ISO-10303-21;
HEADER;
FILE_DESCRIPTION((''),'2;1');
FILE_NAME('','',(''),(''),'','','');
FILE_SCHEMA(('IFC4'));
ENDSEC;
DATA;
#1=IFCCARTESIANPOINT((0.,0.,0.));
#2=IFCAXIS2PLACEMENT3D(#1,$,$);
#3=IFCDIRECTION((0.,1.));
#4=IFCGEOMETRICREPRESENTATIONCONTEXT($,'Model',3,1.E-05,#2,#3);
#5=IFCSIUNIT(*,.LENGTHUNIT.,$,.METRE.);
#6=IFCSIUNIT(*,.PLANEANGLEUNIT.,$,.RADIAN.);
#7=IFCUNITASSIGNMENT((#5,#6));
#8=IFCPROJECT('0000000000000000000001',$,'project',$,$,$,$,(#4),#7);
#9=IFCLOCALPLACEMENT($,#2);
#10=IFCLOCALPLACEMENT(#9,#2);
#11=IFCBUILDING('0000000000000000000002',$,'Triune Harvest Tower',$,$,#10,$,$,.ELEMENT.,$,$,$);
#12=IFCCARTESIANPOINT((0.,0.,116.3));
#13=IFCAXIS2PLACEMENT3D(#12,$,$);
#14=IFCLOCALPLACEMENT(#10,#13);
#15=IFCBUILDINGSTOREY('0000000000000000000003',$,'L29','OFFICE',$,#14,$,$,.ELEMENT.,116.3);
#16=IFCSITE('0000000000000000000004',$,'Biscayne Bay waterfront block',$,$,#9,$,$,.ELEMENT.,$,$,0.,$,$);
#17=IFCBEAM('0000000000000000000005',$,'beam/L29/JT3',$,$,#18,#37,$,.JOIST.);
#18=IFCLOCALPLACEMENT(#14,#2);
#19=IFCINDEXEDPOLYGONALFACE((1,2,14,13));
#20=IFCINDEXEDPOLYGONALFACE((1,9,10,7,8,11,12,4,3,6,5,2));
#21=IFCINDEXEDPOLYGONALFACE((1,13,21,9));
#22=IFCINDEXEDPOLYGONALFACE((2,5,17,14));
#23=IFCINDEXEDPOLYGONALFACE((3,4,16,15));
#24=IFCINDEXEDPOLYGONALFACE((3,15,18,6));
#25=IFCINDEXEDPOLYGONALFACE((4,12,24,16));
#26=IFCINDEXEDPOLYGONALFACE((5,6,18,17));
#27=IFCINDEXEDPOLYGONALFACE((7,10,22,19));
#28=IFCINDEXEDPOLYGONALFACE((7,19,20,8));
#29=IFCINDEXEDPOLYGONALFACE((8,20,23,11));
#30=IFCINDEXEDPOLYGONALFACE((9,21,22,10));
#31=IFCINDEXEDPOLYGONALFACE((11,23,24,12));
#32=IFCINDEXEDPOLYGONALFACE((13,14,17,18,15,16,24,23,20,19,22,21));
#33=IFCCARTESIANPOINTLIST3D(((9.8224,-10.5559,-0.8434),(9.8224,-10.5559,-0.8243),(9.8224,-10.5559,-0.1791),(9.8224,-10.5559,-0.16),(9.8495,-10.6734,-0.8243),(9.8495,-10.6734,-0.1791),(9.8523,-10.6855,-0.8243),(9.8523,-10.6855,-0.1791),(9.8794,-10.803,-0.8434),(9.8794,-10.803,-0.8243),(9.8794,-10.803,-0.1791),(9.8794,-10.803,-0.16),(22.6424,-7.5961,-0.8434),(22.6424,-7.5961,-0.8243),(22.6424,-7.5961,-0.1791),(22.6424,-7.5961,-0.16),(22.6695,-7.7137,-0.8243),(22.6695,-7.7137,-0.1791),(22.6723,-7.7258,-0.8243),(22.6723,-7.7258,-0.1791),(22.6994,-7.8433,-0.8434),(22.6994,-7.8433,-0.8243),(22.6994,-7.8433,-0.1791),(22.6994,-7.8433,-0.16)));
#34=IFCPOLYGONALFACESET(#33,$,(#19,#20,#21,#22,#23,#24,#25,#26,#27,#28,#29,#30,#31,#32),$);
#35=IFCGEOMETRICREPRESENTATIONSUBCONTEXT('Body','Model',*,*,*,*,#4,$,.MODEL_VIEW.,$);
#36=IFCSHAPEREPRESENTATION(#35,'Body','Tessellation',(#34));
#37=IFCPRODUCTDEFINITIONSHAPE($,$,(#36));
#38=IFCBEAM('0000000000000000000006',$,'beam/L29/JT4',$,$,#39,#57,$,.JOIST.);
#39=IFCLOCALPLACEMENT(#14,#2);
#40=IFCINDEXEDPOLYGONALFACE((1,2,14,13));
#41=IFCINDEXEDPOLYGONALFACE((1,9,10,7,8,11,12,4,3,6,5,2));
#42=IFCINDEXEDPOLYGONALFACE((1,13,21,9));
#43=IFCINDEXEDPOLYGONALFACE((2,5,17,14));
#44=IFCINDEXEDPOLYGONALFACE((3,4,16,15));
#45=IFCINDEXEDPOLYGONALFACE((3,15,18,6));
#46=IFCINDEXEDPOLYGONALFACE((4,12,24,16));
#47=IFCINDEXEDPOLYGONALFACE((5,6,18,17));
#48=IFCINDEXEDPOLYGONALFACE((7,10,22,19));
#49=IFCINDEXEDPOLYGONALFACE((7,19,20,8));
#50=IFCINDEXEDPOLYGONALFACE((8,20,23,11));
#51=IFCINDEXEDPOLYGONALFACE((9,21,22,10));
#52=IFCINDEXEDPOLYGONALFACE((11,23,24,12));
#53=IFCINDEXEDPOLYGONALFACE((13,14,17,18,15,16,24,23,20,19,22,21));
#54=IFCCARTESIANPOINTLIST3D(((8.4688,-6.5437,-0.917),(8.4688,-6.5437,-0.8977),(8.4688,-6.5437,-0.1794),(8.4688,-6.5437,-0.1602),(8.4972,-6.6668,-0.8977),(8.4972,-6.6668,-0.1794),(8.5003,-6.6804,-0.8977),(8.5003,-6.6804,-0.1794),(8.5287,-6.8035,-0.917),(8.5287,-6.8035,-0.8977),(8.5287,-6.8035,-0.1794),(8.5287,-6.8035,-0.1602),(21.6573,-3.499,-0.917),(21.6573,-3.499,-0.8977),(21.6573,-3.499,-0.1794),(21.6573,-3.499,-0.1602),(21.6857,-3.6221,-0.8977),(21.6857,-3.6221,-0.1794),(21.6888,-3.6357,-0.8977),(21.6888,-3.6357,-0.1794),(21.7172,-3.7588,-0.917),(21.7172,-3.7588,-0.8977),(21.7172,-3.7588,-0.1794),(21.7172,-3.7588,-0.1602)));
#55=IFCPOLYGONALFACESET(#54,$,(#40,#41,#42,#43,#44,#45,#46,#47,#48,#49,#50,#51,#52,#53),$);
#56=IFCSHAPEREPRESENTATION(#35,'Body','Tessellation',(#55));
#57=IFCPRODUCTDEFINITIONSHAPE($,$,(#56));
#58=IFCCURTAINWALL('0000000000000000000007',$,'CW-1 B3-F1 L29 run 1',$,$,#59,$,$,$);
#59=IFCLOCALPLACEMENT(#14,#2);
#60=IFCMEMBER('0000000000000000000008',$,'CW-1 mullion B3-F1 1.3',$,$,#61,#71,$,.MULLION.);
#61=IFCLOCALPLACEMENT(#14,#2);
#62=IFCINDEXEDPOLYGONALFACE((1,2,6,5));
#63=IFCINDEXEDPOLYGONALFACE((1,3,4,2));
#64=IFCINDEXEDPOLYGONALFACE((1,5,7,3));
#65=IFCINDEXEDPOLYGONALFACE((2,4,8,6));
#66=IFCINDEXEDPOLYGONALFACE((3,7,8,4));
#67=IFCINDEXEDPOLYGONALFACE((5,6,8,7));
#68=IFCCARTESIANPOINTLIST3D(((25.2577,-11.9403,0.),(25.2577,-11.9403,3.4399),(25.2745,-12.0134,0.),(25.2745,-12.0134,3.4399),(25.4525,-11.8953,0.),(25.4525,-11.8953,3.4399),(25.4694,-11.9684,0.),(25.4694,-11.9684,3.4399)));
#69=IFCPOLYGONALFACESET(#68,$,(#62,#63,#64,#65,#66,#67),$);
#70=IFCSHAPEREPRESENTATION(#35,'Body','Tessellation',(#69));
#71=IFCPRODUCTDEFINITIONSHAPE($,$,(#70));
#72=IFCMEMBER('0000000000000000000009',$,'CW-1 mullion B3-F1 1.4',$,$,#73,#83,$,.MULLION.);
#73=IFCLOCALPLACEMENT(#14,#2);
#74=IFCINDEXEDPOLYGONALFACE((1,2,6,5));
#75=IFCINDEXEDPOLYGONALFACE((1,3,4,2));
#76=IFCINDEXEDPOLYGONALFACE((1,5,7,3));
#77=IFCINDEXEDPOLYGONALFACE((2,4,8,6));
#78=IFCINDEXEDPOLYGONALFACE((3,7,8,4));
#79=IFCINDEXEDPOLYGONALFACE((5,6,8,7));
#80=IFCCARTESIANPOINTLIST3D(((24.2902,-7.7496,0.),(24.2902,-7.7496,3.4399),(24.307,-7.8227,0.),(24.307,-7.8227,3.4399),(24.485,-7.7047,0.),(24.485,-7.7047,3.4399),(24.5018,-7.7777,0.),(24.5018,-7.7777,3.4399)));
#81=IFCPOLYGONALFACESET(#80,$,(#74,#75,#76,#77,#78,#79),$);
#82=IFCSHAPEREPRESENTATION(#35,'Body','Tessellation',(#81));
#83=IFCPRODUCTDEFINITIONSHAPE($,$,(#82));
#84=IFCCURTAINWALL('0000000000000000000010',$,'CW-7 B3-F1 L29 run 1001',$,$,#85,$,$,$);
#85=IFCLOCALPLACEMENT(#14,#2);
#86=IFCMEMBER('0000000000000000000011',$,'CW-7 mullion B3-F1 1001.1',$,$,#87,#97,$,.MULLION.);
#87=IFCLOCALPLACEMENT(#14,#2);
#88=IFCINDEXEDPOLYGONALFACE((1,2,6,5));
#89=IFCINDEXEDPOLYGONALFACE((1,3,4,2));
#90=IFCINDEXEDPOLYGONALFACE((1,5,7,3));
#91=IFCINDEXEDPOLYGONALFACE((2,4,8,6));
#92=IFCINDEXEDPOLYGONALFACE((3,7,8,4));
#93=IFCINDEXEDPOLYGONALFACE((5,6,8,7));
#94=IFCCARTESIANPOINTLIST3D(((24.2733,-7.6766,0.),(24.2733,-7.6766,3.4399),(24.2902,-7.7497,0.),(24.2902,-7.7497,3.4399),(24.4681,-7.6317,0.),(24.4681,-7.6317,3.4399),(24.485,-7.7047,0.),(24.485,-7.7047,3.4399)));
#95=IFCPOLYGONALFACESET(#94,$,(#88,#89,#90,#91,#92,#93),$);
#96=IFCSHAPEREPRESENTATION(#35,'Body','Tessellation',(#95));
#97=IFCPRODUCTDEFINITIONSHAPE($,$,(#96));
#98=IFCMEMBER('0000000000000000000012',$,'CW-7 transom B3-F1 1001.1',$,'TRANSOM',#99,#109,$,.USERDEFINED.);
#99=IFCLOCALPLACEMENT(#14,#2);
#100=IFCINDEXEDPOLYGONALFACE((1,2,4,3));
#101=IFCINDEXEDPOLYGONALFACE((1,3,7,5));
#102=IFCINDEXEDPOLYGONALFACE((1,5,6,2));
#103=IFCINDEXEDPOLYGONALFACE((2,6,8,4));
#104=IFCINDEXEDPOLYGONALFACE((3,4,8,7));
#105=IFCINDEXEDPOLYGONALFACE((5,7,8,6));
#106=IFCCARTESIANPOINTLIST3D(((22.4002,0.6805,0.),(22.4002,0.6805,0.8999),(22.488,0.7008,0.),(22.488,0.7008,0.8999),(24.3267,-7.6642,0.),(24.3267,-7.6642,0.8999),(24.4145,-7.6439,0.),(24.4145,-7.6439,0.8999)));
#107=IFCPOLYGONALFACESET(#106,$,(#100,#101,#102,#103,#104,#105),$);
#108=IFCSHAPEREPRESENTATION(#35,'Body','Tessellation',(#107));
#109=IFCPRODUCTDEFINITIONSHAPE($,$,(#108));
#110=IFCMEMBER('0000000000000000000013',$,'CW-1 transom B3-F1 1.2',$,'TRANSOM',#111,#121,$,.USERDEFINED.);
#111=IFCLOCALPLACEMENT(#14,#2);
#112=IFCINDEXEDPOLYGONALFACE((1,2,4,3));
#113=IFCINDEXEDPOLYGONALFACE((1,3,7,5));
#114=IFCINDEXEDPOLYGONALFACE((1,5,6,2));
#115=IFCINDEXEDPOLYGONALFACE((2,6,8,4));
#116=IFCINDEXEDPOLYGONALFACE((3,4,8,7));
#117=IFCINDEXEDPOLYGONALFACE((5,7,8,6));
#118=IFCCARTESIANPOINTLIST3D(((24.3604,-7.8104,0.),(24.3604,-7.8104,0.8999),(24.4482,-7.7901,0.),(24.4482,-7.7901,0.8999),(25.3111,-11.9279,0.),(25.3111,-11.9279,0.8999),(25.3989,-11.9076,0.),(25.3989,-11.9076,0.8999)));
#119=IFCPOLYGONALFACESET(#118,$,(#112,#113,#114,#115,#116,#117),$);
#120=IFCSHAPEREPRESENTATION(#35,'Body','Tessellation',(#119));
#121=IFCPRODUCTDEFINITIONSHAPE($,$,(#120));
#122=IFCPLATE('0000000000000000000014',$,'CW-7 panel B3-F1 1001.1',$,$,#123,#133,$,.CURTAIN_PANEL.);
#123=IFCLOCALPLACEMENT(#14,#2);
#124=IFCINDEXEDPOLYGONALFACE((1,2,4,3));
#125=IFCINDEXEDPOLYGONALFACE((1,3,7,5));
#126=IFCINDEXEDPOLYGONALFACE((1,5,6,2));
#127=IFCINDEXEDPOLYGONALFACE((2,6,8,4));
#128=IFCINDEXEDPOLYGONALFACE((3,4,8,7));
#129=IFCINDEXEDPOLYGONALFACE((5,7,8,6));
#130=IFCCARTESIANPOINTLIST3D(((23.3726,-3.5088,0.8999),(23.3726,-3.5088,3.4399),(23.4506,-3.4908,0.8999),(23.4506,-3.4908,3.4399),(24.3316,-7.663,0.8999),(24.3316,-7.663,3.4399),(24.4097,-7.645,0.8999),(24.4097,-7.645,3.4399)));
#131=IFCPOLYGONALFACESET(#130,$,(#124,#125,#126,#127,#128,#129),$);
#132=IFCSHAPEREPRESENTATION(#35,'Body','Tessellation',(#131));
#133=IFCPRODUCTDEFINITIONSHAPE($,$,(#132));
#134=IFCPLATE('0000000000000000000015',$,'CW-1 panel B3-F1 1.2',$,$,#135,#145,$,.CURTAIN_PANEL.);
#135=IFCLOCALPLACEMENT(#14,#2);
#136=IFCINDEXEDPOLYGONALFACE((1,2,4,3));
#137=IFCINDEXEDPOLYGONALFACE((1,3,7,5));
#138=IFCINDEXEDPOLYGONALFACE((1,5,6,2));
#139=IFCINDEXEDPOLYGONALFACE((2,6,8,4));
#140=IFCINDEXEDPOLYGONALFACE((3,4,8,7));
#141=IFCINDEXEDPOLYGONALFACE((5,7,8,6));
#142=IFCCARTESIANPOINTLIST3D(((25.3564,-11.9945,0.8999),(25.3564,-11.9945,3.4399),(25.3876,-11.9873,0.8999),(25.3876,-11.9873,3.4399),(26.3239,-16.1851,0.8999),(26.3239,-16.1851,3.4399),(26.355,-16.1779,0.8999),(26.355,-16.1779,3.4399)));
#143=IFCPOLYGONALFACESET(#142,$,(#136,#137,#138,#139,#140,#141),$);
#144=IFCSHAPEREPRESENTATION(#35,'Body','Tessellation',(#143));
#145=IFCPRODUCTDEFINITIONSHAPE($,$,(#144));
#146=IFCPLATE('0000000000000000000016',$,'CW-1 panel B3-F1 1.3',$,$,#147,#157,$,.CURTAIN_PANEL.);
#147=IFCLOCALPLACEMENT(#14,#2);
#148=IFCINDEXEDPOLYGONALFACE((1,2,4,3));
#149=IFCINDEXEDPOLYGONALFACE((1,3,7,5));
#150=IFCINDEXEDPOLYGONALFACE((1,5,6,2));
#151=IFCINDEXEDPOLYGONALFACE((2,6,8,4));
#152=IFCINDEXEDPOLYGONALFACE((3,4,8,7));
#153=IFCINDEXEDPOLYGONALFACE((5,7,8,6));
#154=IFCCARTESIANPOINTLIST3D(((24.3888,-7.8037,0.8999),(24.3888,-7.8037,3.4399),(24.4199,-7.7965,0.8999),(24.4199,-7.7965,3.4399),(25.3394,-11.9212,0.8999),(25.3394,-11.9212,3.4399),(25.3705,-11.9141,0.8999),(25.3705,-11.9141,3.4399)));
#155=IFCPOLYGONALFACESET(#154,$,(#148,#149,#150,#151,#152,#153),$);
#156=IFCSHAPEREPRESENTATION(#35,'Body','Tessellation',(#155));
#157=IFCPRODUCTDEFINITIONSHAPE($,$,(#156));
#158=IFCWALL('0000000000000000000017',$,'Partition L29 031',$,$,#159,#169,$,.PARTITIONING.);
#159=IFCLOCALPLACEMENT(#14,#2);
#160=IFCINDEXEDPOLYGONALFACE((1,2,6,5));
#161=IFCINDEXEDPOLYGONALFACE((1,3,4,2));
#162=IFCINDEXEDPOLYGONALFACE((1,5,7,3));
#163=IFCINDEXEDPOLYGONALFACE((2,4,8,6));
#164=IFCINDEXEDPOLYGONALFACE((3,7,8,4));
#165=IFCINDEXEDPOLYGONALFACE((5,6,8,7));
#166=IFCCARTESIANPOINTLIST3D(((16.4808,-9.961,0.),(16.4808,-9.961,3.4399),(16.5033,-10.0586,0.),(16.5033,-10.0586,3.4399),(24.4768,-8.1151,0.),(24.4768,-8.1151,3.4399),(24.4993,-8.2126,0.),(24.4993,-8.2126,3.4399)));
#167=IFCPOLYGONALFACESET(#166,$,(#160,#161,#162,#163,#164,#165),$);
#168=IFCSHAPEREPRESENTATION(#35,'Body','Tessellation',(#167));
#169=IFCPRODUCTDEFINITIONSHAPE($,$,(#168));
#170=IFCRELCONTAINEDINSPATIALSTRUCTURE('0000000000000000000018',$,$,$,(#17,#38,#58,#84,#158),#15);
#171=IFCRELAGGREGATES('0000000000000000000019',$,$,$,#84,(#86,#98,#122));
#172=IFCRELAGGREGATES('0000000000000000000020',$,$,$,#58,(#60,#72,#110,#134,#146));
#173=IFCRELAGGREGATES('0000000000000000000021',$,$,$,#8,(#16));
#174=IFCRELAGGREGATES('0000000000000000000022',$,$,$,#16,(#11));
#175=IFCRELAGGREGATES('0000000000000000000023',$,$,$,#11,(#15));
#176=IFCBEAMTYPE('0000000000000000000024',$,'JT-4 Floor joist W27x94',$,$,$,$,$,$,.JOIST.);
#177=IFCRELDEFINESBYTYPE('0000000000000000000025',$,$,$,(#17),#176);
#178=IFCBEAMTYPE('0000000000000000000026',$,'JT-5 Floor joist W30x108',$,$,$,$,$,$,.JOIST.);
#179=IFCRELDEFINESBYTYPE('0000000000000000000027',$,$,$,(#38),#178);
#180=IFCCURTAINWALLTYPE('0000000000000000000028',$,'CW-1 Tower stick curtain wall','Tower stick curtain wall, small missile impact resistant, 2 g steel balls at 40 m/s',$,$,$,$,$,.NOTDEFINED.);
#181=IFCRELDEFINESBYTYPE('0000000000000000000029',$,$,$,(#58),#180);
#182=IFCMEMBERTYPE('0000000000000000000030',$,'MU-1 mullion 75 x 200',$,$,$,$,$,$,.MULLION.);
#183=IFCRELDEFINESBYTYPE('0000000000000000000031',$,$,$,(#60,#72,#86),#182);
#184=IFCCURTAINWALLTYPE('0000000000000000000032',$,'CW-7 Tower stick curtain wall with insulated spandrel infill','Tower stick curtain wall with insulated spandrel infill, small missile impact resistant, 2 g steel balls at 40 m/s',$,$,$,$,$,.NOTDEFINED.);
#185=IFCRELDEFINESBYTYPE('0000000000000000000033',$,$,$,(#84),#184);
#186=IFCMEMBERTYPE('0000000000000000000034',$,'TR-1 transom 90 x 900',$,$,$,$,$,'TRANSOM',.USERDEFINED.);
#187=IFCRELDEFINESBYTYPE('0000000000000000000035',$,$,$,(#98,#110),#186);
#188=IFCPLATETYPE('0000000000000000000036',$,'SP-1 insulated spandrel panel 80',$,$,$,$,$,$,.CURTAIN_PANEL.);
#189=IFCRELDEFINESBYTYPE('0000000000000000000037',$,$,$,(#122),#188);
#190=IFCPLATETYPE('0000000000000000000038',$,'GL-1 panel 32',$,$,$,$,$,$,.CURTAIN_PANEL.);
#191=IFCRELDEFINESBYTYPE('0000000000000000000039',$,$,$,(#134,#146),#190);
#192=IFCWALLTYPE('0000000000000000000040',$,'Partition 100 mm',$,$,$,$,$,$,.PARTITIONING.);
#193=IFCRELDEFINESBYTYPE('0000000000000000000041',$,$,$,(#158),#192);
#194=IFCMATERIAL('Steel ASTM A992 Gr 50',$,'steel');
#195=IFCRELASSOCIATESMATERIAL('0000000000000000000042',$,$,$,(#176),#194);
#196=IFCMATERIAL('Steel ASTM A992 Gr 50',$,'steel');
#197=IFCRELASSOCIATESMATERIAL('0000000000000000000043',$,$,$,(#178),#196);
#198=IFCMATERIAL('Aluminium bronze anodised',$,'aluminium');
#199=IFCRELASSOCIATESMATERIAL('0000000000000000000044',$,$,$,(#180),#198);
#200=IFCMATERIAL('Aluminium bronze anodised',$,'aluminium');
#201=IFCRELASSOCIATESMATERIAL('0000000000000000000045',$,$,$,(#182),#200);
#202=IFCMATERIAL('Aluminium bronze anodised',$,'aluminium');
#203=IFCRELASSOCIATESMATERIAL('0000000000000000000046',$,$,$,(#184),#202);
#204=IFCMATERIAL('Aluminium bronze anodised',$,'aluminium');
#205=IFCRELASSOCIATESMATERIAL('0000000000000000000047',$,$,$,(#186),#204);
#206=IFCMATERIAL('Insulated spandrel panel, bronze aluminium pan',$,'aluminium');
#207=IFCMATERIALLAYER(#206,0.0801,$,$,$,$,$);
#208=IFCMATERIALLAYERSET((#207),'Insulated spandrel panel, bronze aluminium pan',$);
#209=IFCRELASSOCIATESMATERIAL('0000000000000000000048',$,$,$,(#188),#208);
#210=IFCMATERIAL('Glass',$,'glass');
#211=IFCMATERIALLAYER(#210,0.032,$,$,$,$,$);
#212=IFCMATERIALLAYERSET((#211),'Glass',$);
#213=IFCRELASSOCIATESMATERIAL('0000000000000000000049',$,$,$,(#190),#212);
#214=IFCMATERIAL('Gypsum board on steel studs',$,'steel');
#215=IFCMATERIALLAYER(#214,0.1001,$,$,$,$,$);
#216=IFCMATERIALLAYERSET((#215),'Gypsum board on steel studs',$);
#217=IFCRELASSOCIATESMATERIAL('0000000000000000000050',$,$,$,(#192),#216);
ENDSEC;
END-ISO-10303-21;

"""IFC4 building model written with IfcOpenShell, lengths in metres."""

from ifc_helpers import new_model, si_unit, direction, frame, frame_2d, origin, origin_2d, place, context, subcontext, project, spatial, rectangle, i_section, extrude, source, transform, mapped, material, layer, layer_set, material_profile, profile_set, type_object, element, aggregate, save


model = new_model("IFC4")

# Units and contexts
model_context = context("Model", 3, precision=1e-05, world=origin(), true_north=direction((0.0, 1.0)))
body_context = subcontext(model_context, "Body", "Model", "MODEL_VIEW")
ifc_project = project(units=[si_unit("LENGTHUNIT", "METRE"), si_unit("PLANEANGLEUNIT", "RADIAN")], contexts=[model_context])

# Site, building, storey
site_placement = place(None, origin())
site = spatial("IfcSite", under=ifc_project, at=site_placement, Name="Biscayne Bay waterfront block", CompositionType="ELEMENT", RefElevation=0.0)
building_placement = place(site_placement, origin())
building = spatial("IfcBuilding", under=site, at=building_placement, Name="Triune Harvest Tower", CompositionType="ELEMENT")
storey_placement = place(building_placement, frame((0.0, 0.0, 116.3)))
storey = spatial("IfcBuildingStorey", under=building, at=storey_placement, Name="L29", Description="OFFICE", CompositionType="ELEMENT", Elevation=116.3)

# Beams
ifc_material_1 = material(Name="Steel ASTM A992 Gr 50", Category="steel")
ifc_material_profile_1 = material_profile(ifc_material_1, i_section(OverallWidth=0.2537, OverallDepth=0.6833, WebThickness=0.0125, FlangeThickness=0.019, at=origin_2d()), Name="W27x94")
ifc_profile_set_1 = profile_set([ifc_material_profile_1], Name="Steel ASTM A992 Gr 50")
beam_type_1 = type_object("IfcBeamType", Name="JT-4 Floor joist W27x94", PredefinedType="JOIST", material=ifc_profile_set_1)
shared_shape_1 = source(origin(), body_context, "Body", "SweptSolid", [
    extrude(i_section(OverallWidth=0.2537, OverallDepth=0.6833, WebThickness=0.0125, FlangeThickness=0.019, at=origin_2d()), origin(), (0.0, 0.0, 1.0), 13.1572),
])
beam_1_placement = place(storey_placement, frame((22.6709, -7.7197, -0.5017), z_axis=(-0.974371, -0.224949, 0.0), x_axis=(0.224949, -0.974371, 0.0)))
element("IfcBeam", 1, at=beam_1_placement, inside=storey, type_object=beam_type_1, Name="beam/L29/JT3", PredefinedType="JOIST", context=body_context, shape_type="MappedRepresentation", body=[
    mapped(shared_shape_1, transform((0.0, 0.0, 0.0), scale=1.0)),
])
ifc_material_2 = material(Name="Steel ASTM A992 Gr 50", Category="steel")
ifc_material_profile_2 = material_profile(ifc_material_2, i_section(OverallWidth=0.2666, OverallDepth=0.7568, WebThickness=0.0139, FlangeThickness=0.0193, at=origin_2d()), Name="W30x108")
ifc_profile_set_2 = profile_set([ifc_material_profile_2], Name="Steel ASTM A992 Gr 50")
beam_type_2 = type_object("IfcBeamType", Name="JT-5 Floor joist W30x108", PredefinedType="JOIST", material=ifc_profile_set_2)
shared_shape_2 = source(origin(), body_context, "Body", "SweptSolid", [
    extrude(i_section(OverallWidth=0.2666, OverallDepth=0.7568, WebThickness=0.0139, FlangeThickness=0.0193, at=origin_2d()), origin(), (0.0, 0.0, 1.0), 13.5354),
])
beam_2_placement = place(storey_placement, frame((21.6873, -3.6289, -0.5386), z_axis=(-0.974372, -0.224942, 0.0), x_axis=(0.224942, -0.974372, 0.0)))
element("IfcBeam", 2, at=beam_2_placement, inside=storey, type_object=beam_type_2, Name="beam/L29/JT4", PredefinedType="JOIST", context=body_context, shape_type="MappedRepresentation", body=[
    mapped(shared_shape_2, transform((0.0, 0.0, 0.0), scale=1.0)),
])

# Curtain walls, members
ifc_material_3 = material(Name="Aluminium bronze anodised", Category="aluminium")
curtain_wall_type_1 = type_object("IfcCurtainWallType", Name="CW-1 Tower stick curtain wall", Description="Tower stick curtain wall, small missile impact resistant, 2 g steel balls at 40 m/s", PredefinedType="NOTDEFINED", material=ifc_material_3)
curtain_wall_1_placement = place(storey_placement, origin())
curtain_wall_1 = element("IfcCurtainWall", 3, at=curtain_wall_1_placement, inside=storey, type_object=curtain_wall_type_1, Name="CW-1 B3-F1 L29 run 1")
ifc_material_4 = material(Name="Aluminium bronze anodised", Category="aluminium")
ifc_material_profile_3 = material_profile(ifc_material_4, rectangle(XDim=0.2, YDim=0.075, at=origin_2d()), Name="MU-1 mullion 75 x 200")
ifc_profile_set_3 = profile_set([ifc_material_profile_3], Name="Aluminium bronze anodised")
member_type_1 = type_object("IfcMemberType", Name="MU-1 mullion 75 x 200", PredefinedType="MULLION", material=ifc_profile_set_3)
shared_shape_3 = source(origin(), body_context, "Body", "SweptSolid", [
    extrude(rectangle(XDim=0.2, YDim=0.075, at=origin_2d()), origin(), (0.0, 0.0, 1.0), 3.4399),
])
member_1_placement = place(storey_placement, frame((25.3635, -11.9543, 0.0), z_axis=(0.0, 0.0, 1.0), x_axis=(-0.97437, -0.224951, 0.0)))
member_1 = element("IfcMember", 4, at=member_1_placement, type_object=member_type_1, Name="CW-1 mullion B3-F1 1.3", PredefinedType="MULLION", context=body_context, shape_type="MappedRepresentation", body=[
    mapped(shared_shape_3, transform((0.0, 0.0, 0.0), scale=1.0)),
])
member_2_placement = place(storey_placement, frame((24.396, -7.7637, 0.0), z_axis=(0.0, 0.0, 1.0), x_axis=(-0.97437, -0.224951, 0.0)))
member_2 = element("IfcMember", 5, at=member_2_placement, type_object=member_type_1, Name="CW-1 mullion B3-F1 1.4", PredefinedType="MULLION", context=body_context, shape_type="MappedRepresentation", body=[
    mapped(shared_shape_3, transform((0.0, 0.0, 0.0), scale=1.0)),
])
ifc_material_5 = material(Name="Aluminium bronze anodised", Category="aluminium")
curtain_wall_type_2 = type_object("IfcCurtainWallType", Name="CW-7 Tower stick curtain wall with insulated spandrel infill", Description="Tower stick curtain wall with insulated spandrel infill, small missile impact resistant, 2 g steel balls at 40 m/s", PredefinedType="NOTDEFINED", material=ifc_material_5)
curtain_wall_2_placement = place(storey_placement, origin())
curtain_wall_2 = element("IfcCurtainWall", 6, at=curtain_wall_2_placement, inside=storey, type_object=curtain_wall_type_2, Name="CW-7 B3-F1 L29 run 1001")
member_3_placement = place(storey_placement, frame((24.3792, -7.6907, 0.0), z_axis=(0.0, 0.0, 1.0), x_axis=(-0.97437, -0.224952, 0.0)))
member_3 = element("IfcMember", 7, at=member_3_placement, type_object=member_type_1, Name="CW-7 mullion B3-F1 1001.1", PredefinedType="MULLION", context=body_context, shape_type="MappedRepresentation", body=[
    mapped(shared_shape_3, transform((0.0, 0.0, 0.0), scale=1.0)),
])
ifc_material_6 = material(Name="Aluminium bronze anodised", Category="aluminium")
ifc_material_profile_4 = material_profile(ifc_material_6, rectangle(XDim=0.0901, YDim=0.8999, at=origin_2d()), Name="TR-1 transom 90 x 900")
ifc_profile_set_4 = profile_set([ifc_material_profile_4], Name="Aluminium bronze anodised")
member_type_2 = type_object("IfcMemberType", Name="TR-1 transom 90 x 900", ElementType="TRANSOM", PredefinedType="USERDEFINED", material=ifc_profile_set_4)
shared_shape_4 = source(origin(), body_context, "Body", "SweptSolid", [
    extrude(rectangle(XDim=0.0901, YDim=0.8999, at=origin_2d()), origin(), (0.0, 0.0, 1.0), 8.5642),
])
member_4_placement = place(storey_placement, frame((24.3706, -7.6541, 0.45), z_axis=(-0.224949, 0.974371, 0.0), x_axis=(-0.974371, -0.224949, 0.0)))
member_4 = element("IfcMember", 8, at=member_4_placement, type_object=member_type_2, Name="CW-7 transom B3-F1 1001.1", ObjectType="TRANSOM", PredefinedType="USERDEFINED", context=body_context, shape_type="MappedRepresentation", body=[
    mapped(shared_shape_4, transform((0.0, 0.0, 0.0), scale=1.0)),
])

# Member
shared_shape_5 = source(origin(), body_context, "Body", "SweptSolid", [
    extrude(rectangle(XDim=0.0901, YDim=0.8999, at=origin_2d()), origin(), (0.0, 0.0, 1.0), 4.2258),
])
member_5_placement = place(storey_placement, frame((25.355, -11.9177, 0.45), z_axis=(-0.224973, 0.974365, 0.0), x_axis=(-0.974365, -0.224973, 0.0)))
member_5 = element("IfcMember", 9, at=member_5_placement, type_object=member_type_2, Name="CW-1 transom B3-F1 1.2", ObjectType="TRANSOM", PredefinedType="USERDEFINED", context=body_context, shape_type="MappedRepresentation", body=[
    mapped(shared_shape_5, transform((0.0, 0.0, 0.0), scale=1.0)),
])

# Plates
ifc_material_7 = material(Name="Insulated spandrel panel, bronze aluminium pan", Category="aluminium")
ifc_layer_1 = layer(ifc_material_7, 0.0801)
ifc_layer_set_1 = layer_set([ifc_layer_1], Name="Insulated spandrel panel, bronze aluminium pan")
plate_type_1 = type_object("IfcPlateType", Name="SP-1 insulated spandrel panel 80", PredefinedType="CURTAIN_PANEL", material=ifc_layer_set_1)
shared_shape_6 = source(origin(), body_context, "Body", "SweptSolid", [
    extrude(rectangle(XDim=4.2634, YDim=0.0801, at=origin_2d()), origin(), (0.0, 0.0, 1.0), 2.54),
])
plate_1_placement = place(storey_placement, frame((23.8911, -5.5769, 0.8999), z_axis=(0.0, 0.0, 1.0), x_axis=(-0.224952, 0.97437, 0.0)))
plate_1 = element("IfcPlate", 10, at=plate_1_placement, type_object=plate_type_1, Name="CW-7 panel B3-F1 1001.1", PredefinedType="CURTAIN_PANEL", context=body_context, shape_type="MappedRepresentation", body=[
    mapped(shared_shape_6, transform((0.0, 0.0, 0.0), scale=1.0)),
])
aggregate(curtain_wall_2, [member_3, member_4, plate_1])
ifc_material_8 = material(Name="Glass", Category="glass")
ifc_layer_2 = layer(ifc_material_8, 0.032)
ifc_layer_set_2 = layer_set([ifc_layer_2], Name="Glass")
plate_type_2 = type_object("IfcPlateType", Name="GL-1 panel 32", PredefinedType="CURTAIN_PANEL", material=ifc_layer_set_2)
shared_shape_7 = source(origin(), body_context, "Body", "SweptSolid", [
    extrude(rectangle(XDim=4.3008, YDim=0.032, at=origin_2d()), origin(), (0.0, 0.0, 1.0), 2.54),
])
plate_2_placement = place(storey_placement, frame((25.8557, -14.0862, 0.8999), z_axis=(0.0, 0.0, 1.0), x_axis=(-0.224951, 0.97437, 0.0)))
plate_2 = element("IfcPlate", 11, at=plate_2_placement, type_object=plate_type_2, Name="CW-1 panel B3-F1 1.2", PredefinedType="CURTAIN_PANEL", context=body_context, shape_type="MappedRepresentation", body=[
    mapped(shared_shape_7, transform((0.0, 0.0, 0.0), scale=1.0)),
])
shared_shape_8 = source(origin(), body_context, "Body", "SweptSolid", [
    extrude(rectangle(XDim=4.2258, YDim=0.032, at=origin_2d()), origin(), (0.0, 0.0, 1.0), 2.54),
])
plate_3_placement = place(storey_placement, frame((24.8796, -9.8589, 0.8999), z_axis=(0.0, 0.0, 1.0), x_axis=(-0.224951, 0.97437, 0.0)))
plate_3 = element("IfcPlate", 12, at=plate_3_placement, type_object=plate_type_2, Name="CW-1 panel B3-F1 1.3", PredefinedType="CURTAIN_PANEL", context=body_context, shape_type="MappedRepresentation", body=[
    mapped(shared_shape_8, transform((0.0, 0.0, 0.0), scale=1.0)),
])
aggregate(curtain_wall_1, [member_1, member_2, member_5, plate_2, plate_3])

# Wall
ifc_material_9 = material(Name="Gypsum board on steel studs", Category="steel")
ifc_layer_3 = layer(ifc_material_9, 0.1001)
ifc_layer_set_3 = layer_set([ifc_layer_3], Name="Gypsum board on steel studs")
wall_type_1 = type_object("IfcWallType", Name="Partition 100 mm", PredefinedType="PARTITIONING", material=ifc_layer_set_3)
wall_1_placement = place(storey_placement, frame((16.4922, -10.0098, 0.0), z_axis=(0.0, 0.0, 1.0), x_axis=(0.974373, 0.22494, 0.0)))
element("IfcWall", 13, at=wall_1_placement, inside=storey, type_object=wall_type_1, Name="Partition L29 031", PredefinedType="PARTITIONING", context=body_context, shape_type="SweptSolid", body=[
    extrude(rectangle(XDim=8.2063, YDim=0.1001, at=frame_2d((4.103, 0.0))), origin(), (0.0, 0.0, 1.0), 3.4399),
])

save(model, "model.ifc")
